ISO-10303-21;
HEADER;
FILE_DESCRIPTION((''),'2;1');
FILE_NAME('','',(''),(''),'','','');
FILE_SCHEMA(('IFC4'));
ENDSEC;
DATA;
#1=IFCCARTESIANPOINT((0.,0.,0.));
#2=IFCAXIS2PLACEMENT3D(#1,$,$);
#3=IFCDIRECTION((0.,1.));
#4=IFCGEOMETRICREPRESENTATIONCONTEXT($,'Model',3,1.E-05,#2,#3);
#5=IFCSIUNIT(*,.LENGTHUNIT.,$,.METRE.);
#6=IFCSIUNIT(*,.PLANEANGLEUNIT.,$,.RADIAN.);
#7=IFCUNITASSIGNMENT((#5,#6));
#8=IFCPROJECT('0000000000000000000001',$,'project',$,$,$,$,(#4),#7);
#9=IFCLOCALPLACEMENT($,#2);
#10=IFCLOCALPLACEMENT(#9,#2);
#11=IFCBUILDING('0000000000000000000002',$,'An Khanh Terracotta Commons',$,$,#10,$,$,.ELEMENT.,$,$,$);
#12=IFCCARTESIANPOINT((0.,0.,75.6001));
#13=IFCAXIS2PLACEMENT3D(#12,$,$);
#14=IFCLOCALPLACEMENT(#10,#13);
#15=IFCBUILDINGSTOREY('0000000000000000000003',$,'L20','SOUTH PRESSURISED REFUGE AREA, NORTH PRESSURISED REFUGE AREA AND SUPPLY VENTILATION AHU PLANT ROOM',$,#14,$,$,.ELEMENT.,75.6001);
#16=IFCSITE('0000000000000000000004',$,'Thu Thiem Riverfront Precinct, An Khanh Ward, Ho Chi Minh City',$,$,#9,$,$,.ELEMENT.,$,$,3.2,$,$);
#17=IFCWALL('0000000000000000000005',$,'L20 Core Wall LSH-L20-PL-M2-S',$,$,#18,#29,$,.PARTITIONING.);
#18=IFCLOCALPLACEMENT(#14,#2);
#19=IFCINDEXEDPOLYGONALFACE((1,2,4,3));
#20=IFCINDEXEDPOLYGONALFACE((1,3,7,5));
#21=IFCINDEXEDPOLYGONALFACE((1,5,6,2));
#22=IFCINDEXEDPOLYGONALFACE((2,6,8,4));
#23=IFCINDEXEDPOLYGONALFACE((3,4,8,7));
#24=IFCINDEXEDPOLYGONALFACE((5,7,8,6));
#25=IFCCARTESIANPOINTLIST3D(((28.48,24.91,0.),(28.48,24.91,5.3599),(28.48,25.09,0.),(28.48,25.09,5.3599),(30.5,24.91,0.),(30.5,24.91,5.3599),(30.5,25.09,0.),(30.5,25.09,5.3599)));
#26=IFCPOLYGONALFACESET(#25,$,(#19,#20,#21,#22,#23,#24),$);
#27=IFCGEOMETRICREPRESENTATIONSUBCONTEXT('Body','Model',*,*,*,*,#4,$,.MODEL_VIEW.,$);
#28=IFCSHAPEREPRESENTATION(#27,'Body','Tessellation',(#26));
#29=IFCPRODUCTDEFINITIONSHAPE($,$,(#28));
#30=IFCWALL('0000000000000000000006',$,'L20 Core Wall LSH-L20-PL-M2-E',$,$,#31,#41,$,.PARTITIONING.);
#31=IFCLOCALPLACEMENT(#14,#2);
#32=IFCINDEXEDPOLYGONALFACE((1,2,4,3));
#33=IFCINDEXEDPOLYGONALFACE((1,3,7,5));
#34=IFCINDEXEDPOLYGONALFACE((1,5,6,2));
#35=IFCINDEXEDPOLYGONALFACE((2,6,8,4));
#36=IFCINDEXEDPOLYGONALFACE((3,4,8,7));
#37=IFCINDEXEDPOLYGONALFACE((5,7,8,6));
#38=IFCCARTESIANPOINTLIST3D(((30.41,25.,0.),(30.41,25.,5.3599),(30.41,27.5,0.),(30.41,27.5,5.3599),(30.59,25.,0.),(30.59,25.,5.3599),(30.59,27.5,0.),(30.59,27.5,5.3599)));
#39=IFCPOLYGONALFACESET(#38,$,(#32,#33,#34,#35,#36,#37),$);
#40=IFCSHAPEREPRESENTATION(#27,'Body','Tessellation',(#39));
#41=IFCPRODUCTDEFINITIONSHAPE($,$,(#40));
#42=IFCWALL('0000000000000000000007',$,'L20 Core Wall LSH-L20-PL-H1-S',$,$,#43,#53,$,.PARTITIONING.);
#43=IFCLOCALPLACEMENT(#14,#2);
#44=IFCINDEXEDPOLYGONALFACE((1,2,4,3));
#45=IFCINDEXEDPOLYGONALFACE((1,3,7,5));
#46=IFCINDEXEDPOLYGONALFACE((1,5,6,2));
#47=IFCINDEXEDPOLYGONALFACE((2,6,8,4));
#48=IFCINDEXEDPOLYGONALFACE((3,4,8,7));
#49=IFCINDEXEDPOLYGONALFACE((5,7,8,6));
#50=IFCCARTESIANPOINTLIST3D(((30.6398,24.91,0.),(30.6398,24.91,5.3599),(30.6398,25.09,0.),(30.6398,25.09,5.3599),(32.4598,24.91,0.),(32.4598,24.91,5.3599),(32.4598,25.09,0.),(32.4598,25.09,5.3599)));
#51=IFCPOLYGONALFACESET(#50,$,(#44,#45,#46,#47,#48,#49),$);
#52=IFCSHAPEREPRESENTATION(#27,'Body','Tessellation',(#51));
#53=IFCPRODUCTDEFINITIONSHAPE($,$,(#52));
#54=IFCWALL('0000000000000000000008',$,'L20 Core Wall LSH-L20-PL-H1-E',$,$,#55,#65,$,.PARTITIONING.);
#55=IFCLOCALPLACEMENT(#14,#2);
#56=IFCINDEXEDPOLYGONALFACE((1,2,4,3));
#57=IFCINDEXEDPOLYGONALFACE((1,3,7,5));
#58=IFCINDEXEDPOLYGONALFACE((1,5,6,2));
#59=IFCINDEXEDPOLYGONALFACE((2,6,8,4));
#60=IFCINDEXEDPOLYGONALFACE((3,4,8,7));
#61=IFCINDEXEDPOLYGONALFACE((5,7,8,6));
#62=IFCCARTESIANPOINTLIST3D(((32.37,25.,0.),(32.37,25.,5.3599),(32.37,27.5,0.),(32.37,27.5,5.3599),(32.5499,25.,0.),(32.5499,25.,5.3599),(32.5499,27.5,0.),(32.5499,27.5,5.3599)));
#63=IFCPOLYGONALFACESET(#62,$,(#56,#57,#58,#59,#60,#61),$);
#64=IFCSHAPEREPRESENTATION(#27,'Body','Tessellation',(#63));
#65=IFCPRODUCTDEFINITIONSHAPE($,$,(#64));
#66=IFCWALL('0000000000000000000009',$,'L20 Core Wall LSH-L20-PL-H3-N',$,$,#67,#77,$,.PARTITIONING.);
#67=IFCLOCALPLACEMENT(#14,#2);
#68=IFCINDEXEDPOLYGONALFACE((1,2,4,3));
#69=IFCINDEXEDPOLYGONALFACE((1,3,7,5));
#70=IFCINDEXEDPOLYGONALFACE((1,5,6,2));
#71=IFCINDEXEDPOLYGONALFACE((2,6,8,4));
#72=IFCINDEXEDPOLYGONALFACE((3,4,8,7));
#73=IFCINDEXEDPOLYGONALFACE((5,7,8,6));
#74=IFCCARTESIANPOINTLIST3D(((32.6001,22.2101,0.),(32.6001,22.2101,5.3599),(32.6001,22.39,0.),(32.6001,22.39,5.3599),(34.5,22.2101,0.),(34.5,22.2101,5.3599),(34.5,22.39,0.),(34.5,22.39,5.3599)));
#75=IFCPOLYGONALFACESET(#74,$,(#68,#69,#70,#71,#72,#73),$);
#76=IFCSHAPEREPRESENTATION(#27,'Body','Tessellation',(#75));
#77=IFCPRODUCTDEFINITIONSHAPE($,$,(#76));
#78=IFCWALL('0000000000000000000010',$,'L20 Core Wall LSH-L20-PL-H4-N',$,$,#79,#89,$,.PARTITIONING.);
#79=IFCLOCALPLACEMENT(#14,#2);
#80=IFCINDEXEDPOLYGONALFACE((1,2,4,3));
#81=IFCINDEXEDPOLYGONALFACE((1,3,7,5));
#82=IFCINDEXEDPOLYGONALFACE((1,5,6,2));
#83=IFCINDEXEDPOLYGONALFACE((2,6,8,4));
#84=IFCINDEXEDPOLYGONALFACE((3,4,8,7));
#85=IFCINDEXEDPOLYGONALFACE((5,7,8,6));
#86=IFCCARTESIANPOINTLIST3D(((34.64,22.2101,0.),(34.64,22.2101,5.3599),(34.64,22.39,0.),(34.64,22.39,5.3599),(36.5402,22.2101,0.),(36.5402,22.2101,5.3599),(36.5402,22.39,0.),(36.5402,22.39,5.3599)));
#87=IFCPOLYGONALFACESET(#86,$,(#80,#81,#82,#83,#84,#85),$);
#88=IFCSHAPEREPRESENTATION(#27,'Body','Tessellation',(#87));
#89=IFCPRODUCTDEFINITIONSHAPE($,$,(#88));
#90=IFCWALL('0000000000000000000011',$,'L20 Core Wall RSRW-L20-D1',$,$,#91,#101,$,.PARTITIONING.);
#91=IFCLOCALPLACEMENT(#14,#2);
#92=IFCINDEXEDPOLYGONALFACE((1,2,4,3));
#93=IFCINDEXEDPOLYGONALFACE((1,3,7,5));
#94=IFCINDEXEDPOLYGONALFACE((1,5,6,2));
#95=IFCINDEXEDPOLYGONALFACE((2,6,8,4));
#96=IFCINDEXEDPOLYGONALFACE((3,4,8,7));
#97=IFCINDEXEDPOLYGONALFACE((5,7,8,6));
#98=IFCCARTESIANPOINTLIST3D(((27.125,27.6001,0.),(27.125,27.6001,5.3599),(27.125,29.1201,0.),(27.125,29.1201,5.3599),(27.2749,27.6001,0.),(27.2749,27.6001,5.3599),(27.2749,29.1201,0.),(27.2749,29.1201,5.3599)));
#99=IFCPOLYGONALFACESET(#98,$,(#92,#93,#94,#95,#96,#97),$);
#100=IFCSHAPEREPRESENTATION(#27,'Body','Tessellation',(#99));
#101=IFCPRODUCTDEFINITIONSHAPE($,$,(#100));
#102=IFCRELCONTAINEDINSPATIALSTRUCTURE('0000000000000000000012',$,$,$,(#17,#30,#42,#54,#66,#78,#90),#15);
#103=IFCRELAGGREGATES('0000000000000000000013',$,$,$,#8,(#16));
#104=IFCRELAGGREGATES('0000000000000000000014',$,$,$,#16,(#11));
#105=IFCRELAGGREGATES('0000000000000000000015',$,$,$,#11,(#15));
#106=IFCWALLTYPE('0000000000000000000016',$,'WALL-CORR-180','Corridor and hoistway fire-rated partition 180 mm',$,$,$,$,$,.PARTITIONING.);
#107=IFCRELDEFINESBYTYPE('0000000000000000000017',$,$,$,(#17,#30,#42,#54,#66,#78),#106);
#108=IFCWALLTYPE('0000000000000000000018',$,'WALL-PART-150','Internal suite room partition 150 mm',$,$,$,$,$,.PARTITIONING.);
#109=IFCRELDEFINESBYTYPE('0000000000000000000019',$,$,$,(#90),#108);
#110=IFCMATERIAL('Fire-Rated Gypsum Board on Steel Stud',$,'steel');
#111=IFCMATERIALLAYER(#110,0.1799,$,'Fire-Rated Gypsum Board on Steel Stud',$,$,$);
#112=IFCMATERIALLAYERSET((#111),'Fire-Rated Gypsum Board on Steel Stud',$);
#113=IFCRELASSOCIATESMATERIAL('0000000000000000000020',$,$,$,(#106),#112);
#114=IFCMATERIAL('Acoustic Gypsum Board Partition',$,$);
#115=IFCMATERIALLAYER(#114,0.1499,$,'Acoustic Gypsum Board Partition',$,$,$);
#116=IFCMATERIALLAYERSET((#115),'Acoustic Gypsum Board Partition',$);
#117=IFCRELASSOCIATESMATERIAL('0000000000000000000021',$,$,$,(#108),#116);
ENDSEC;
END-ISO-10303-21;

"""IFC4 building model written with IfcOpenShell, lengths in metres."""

from ifc_helpers import new_model, si_unit, direction, frame, frame_2d, origin, place, context, subcontext, project, spatial, rectangle, extrude, material, layer, layer_set, type_object, element, save


model = new_model("IFC4")

# Units and contexts
model_context = context("Model", 3, precision=1e-05, world=origin(), true_north=direction((0.0, 1.0)))
body_context = subcontext(model_context, "Body", "Model", "MODEL_VIEW")
ifc_project = project(units=[si_unit("LENGTHUNIT", "METRE"), si_unit("PLANEANGLEUNIT", "RADIAN")], contexts=[model_context])

# Site, building, storey
site_placement = place(None, origin())
site = spatial("IfcSite", under=ifc_project, at=site_placement, Name="Thu Thiem Riverfront Precinct, An Khanh Ward, Ho Chi Minh City", CompositionType="ELEMENT", RefElevation=3.2)
building_placement = place(site_placement, origin())
building = spatial("IfcBuilding", under=site, at=building_placement, Name="An Khanh Terracotta Commons", CompositionType="ELEMENT")
storey_placement = place(building_placement, frame((0.0, 0.0, 75.6001)))
storey = spatial("IfcBuildingStorey", under=building, at=storey_placement, Name="L20", Description="SOUTH PRESSURISED REFUGE AREA, NORTH PRESSURISED REFUGE AREA AND SUPPLY VENTILATION AHU PLANT ROOM", CompositionType="ELEMENT", Elevation=75.6001)

# Shared definitions
ifc_material_1 = material(Name="Fire-Rated Gypsum Board on Steel Stud", Category="steel")
ifc_layer_1 = layer(ifc_material_1, 0.1799, Name="Fire-Rated Gypsum Board on Steel Stud")
ifc_layer_set_1 = layer_set([ifc_layer_1], Name="Fire-Rated Gypsum Board on Steel Stud")
wall_type_1 = type_object("IfcWallType", Name="WALL-CORR-180", Description="Corridor and hoistway fire-rated partition 180 mm", PredefinedType="PARTITIONING", material=ifc_layer_set_1)

# Walls
wall_1_placement = place(storey_placement, frame((30.5, 25.0, 0.0), z_axis=(0.0, 0.0, 1.0), x_axis=(-1.0, 0.0, 0.0)))
element("IfcWall", 1, at=wall_1_placement, inside=storey, type_object=wall_type_1, Name="L20 Core Wall LSH-L20-PL-M2-S", PredefinedType="PARTITIONING", context=body_context, shape_type="SweptSolid", body=[
    extrude(rectangle(XDim=2.02, YDim=0.1799, at=frame_2d((1.01, 0.0))), origin(), (0.0, 0.0, 1.0), 5.3599),
])
wall_2_placement = place(storey_placement, frame((30.5, 25.0, 0.0), z_axis=(0.0, 0.0, 1.0), x_axis=(0.0, 1.0, 0.0)))
element("IfcWall", 2, at=wall_2_placement, inside=storey, type_object=wall_type_1, Name="L20 Core Wall LSH-L20-PL-M2-E", PredefinedType="PARTITIONING", context=body_context, shape_type="SweptSolid", body=[
    extrude(rectangle(XDim=2.5, YDim=0.1799, at=frame_2d((1.25, 0.0))), origin(), (0.0, 0.0, 1.0), 5.3599),
])
wall_3_placement = place(storey_placement, frame((32.46, 25.0, 0.0), z_axis=(0.0, 0.0, 1.0), x_axis=(-1.0, 0.0, 0.0)))
element("IfcWall", 3, at=wall_3_placement, inside=storey, type_object=wall_type_1, Name="L20 Core Wall LSH-L20-PL-H1-S", PredefinedType="PARTITIONING", context=body_context, shape_type="SweptSolid", body=[
    extrude(rectangle(XDim=1.8201, YDim=0.1799, at=frame_2d((0.9102, 0.0))), origin(), (0.0, 0.0, 1.0), 5.3599),
])
wall_4_placement = place(storey_placement, frame((32.46, 25.0, 0.0), z_axis=(0.0, 0.0, 1.0), x_axis=(0.0, 1.0, 0.0)))
element("IfcWall", 4, at=wall_4_placement, inside=storey, type_object=wall_type_1, Name="L20 Core Wall LSH-L20-PL-H1-E", PredefinedType="PARTITIONING", context=body_context, shape_type="SweptSolid", body=[
    extrude(rectangle(XDim=2.5, YDim=0.1799, at=frame_2d((1.25, 0.0))), origin(), (0.0, 0.0, 1.0), 5.3599),
])
wall_5_placement = place(storey_placement, frame((32.6001, 22.3, 0.0), z_axis=(0.0, 0.0, 1.0), x_axis=(1.0, 0.0, 0.0)))
element("IfcWall", 5, at=wall_5_placement, inside=storey, type_object=wall_type_1, Name="L20 Core Wall LSH-L20-PL-H3-N", PredefinedType="PARTITIONING", context=body_context, shape_type="SweptSolid", body=[
    extrude(rectangle(XDim=1.8999, YDim=0.1799, at=frame_2d((0.95, 0.0))), origin(), (0.0, 0.0, 1.0), 5.3599),
])
wall_6_placement = place(storey_placement, frame((34.6399, 22.3, 0.0), z_axis=(0.0, 0.0, 1.0), x_axis=(1.0, 0.0, 0.0)))
element("IfcWall", 6, at=wall_6_placement, inside=storey, type_object=wall_type_1, Name="L20 Core Wall LSH-L20-PL-H4-N", PredefinedType="PARTITIONING", context=body_context, shape_type="SweptSolid", body=[
    extrude(rectangle(XDim=1.9001, YDim=0.1799, at=frame_2d((0.9502, 0.0))), origin(), (0.0, 0.0, 1.0), 5.3599),
])
ifc_material_2 = material(Name="Acoustic Gypsum Board Partition")
ifc_layer_2 = layer(ifc_material_2, 0.1499, Name="Acoustic Gypsum Board Partition")
ifc_layer_set_2 = layer_set([ifc_layer_2], Name="Acoustic Gypsum Board Partition")
wall_type_2 = type_object("IfcWallType", Name="WALL-PART-150", Description="Internal suite room partition 150 mm", PredefinedType="PARTITIONING", material=ifc_layer_set_2)
wall_7_placement = place(storey_placement, frame((27.2, 27.6001, 0.0), z_axis=(0.0, 0.0, 1.0), x_axis=(0.0, 1.0, 0.0)))
element("IfcWall", 7, at=wall_7_placement, inside=storey, type_object=wall_type_2, Name="L20 Core Wall RSRW-L20-D1", PredefinedType="PARTITIONING", context=body_context, shape_type="SweptSolid", body=[
    extrude(rectangle(XDim=1.52, YDim=0.1499, at=frame_2d((0.76, 0.0))), origin(), (0.0, 0.0, 1.0), 5.3599),
])

save(model, "model.ifc")
